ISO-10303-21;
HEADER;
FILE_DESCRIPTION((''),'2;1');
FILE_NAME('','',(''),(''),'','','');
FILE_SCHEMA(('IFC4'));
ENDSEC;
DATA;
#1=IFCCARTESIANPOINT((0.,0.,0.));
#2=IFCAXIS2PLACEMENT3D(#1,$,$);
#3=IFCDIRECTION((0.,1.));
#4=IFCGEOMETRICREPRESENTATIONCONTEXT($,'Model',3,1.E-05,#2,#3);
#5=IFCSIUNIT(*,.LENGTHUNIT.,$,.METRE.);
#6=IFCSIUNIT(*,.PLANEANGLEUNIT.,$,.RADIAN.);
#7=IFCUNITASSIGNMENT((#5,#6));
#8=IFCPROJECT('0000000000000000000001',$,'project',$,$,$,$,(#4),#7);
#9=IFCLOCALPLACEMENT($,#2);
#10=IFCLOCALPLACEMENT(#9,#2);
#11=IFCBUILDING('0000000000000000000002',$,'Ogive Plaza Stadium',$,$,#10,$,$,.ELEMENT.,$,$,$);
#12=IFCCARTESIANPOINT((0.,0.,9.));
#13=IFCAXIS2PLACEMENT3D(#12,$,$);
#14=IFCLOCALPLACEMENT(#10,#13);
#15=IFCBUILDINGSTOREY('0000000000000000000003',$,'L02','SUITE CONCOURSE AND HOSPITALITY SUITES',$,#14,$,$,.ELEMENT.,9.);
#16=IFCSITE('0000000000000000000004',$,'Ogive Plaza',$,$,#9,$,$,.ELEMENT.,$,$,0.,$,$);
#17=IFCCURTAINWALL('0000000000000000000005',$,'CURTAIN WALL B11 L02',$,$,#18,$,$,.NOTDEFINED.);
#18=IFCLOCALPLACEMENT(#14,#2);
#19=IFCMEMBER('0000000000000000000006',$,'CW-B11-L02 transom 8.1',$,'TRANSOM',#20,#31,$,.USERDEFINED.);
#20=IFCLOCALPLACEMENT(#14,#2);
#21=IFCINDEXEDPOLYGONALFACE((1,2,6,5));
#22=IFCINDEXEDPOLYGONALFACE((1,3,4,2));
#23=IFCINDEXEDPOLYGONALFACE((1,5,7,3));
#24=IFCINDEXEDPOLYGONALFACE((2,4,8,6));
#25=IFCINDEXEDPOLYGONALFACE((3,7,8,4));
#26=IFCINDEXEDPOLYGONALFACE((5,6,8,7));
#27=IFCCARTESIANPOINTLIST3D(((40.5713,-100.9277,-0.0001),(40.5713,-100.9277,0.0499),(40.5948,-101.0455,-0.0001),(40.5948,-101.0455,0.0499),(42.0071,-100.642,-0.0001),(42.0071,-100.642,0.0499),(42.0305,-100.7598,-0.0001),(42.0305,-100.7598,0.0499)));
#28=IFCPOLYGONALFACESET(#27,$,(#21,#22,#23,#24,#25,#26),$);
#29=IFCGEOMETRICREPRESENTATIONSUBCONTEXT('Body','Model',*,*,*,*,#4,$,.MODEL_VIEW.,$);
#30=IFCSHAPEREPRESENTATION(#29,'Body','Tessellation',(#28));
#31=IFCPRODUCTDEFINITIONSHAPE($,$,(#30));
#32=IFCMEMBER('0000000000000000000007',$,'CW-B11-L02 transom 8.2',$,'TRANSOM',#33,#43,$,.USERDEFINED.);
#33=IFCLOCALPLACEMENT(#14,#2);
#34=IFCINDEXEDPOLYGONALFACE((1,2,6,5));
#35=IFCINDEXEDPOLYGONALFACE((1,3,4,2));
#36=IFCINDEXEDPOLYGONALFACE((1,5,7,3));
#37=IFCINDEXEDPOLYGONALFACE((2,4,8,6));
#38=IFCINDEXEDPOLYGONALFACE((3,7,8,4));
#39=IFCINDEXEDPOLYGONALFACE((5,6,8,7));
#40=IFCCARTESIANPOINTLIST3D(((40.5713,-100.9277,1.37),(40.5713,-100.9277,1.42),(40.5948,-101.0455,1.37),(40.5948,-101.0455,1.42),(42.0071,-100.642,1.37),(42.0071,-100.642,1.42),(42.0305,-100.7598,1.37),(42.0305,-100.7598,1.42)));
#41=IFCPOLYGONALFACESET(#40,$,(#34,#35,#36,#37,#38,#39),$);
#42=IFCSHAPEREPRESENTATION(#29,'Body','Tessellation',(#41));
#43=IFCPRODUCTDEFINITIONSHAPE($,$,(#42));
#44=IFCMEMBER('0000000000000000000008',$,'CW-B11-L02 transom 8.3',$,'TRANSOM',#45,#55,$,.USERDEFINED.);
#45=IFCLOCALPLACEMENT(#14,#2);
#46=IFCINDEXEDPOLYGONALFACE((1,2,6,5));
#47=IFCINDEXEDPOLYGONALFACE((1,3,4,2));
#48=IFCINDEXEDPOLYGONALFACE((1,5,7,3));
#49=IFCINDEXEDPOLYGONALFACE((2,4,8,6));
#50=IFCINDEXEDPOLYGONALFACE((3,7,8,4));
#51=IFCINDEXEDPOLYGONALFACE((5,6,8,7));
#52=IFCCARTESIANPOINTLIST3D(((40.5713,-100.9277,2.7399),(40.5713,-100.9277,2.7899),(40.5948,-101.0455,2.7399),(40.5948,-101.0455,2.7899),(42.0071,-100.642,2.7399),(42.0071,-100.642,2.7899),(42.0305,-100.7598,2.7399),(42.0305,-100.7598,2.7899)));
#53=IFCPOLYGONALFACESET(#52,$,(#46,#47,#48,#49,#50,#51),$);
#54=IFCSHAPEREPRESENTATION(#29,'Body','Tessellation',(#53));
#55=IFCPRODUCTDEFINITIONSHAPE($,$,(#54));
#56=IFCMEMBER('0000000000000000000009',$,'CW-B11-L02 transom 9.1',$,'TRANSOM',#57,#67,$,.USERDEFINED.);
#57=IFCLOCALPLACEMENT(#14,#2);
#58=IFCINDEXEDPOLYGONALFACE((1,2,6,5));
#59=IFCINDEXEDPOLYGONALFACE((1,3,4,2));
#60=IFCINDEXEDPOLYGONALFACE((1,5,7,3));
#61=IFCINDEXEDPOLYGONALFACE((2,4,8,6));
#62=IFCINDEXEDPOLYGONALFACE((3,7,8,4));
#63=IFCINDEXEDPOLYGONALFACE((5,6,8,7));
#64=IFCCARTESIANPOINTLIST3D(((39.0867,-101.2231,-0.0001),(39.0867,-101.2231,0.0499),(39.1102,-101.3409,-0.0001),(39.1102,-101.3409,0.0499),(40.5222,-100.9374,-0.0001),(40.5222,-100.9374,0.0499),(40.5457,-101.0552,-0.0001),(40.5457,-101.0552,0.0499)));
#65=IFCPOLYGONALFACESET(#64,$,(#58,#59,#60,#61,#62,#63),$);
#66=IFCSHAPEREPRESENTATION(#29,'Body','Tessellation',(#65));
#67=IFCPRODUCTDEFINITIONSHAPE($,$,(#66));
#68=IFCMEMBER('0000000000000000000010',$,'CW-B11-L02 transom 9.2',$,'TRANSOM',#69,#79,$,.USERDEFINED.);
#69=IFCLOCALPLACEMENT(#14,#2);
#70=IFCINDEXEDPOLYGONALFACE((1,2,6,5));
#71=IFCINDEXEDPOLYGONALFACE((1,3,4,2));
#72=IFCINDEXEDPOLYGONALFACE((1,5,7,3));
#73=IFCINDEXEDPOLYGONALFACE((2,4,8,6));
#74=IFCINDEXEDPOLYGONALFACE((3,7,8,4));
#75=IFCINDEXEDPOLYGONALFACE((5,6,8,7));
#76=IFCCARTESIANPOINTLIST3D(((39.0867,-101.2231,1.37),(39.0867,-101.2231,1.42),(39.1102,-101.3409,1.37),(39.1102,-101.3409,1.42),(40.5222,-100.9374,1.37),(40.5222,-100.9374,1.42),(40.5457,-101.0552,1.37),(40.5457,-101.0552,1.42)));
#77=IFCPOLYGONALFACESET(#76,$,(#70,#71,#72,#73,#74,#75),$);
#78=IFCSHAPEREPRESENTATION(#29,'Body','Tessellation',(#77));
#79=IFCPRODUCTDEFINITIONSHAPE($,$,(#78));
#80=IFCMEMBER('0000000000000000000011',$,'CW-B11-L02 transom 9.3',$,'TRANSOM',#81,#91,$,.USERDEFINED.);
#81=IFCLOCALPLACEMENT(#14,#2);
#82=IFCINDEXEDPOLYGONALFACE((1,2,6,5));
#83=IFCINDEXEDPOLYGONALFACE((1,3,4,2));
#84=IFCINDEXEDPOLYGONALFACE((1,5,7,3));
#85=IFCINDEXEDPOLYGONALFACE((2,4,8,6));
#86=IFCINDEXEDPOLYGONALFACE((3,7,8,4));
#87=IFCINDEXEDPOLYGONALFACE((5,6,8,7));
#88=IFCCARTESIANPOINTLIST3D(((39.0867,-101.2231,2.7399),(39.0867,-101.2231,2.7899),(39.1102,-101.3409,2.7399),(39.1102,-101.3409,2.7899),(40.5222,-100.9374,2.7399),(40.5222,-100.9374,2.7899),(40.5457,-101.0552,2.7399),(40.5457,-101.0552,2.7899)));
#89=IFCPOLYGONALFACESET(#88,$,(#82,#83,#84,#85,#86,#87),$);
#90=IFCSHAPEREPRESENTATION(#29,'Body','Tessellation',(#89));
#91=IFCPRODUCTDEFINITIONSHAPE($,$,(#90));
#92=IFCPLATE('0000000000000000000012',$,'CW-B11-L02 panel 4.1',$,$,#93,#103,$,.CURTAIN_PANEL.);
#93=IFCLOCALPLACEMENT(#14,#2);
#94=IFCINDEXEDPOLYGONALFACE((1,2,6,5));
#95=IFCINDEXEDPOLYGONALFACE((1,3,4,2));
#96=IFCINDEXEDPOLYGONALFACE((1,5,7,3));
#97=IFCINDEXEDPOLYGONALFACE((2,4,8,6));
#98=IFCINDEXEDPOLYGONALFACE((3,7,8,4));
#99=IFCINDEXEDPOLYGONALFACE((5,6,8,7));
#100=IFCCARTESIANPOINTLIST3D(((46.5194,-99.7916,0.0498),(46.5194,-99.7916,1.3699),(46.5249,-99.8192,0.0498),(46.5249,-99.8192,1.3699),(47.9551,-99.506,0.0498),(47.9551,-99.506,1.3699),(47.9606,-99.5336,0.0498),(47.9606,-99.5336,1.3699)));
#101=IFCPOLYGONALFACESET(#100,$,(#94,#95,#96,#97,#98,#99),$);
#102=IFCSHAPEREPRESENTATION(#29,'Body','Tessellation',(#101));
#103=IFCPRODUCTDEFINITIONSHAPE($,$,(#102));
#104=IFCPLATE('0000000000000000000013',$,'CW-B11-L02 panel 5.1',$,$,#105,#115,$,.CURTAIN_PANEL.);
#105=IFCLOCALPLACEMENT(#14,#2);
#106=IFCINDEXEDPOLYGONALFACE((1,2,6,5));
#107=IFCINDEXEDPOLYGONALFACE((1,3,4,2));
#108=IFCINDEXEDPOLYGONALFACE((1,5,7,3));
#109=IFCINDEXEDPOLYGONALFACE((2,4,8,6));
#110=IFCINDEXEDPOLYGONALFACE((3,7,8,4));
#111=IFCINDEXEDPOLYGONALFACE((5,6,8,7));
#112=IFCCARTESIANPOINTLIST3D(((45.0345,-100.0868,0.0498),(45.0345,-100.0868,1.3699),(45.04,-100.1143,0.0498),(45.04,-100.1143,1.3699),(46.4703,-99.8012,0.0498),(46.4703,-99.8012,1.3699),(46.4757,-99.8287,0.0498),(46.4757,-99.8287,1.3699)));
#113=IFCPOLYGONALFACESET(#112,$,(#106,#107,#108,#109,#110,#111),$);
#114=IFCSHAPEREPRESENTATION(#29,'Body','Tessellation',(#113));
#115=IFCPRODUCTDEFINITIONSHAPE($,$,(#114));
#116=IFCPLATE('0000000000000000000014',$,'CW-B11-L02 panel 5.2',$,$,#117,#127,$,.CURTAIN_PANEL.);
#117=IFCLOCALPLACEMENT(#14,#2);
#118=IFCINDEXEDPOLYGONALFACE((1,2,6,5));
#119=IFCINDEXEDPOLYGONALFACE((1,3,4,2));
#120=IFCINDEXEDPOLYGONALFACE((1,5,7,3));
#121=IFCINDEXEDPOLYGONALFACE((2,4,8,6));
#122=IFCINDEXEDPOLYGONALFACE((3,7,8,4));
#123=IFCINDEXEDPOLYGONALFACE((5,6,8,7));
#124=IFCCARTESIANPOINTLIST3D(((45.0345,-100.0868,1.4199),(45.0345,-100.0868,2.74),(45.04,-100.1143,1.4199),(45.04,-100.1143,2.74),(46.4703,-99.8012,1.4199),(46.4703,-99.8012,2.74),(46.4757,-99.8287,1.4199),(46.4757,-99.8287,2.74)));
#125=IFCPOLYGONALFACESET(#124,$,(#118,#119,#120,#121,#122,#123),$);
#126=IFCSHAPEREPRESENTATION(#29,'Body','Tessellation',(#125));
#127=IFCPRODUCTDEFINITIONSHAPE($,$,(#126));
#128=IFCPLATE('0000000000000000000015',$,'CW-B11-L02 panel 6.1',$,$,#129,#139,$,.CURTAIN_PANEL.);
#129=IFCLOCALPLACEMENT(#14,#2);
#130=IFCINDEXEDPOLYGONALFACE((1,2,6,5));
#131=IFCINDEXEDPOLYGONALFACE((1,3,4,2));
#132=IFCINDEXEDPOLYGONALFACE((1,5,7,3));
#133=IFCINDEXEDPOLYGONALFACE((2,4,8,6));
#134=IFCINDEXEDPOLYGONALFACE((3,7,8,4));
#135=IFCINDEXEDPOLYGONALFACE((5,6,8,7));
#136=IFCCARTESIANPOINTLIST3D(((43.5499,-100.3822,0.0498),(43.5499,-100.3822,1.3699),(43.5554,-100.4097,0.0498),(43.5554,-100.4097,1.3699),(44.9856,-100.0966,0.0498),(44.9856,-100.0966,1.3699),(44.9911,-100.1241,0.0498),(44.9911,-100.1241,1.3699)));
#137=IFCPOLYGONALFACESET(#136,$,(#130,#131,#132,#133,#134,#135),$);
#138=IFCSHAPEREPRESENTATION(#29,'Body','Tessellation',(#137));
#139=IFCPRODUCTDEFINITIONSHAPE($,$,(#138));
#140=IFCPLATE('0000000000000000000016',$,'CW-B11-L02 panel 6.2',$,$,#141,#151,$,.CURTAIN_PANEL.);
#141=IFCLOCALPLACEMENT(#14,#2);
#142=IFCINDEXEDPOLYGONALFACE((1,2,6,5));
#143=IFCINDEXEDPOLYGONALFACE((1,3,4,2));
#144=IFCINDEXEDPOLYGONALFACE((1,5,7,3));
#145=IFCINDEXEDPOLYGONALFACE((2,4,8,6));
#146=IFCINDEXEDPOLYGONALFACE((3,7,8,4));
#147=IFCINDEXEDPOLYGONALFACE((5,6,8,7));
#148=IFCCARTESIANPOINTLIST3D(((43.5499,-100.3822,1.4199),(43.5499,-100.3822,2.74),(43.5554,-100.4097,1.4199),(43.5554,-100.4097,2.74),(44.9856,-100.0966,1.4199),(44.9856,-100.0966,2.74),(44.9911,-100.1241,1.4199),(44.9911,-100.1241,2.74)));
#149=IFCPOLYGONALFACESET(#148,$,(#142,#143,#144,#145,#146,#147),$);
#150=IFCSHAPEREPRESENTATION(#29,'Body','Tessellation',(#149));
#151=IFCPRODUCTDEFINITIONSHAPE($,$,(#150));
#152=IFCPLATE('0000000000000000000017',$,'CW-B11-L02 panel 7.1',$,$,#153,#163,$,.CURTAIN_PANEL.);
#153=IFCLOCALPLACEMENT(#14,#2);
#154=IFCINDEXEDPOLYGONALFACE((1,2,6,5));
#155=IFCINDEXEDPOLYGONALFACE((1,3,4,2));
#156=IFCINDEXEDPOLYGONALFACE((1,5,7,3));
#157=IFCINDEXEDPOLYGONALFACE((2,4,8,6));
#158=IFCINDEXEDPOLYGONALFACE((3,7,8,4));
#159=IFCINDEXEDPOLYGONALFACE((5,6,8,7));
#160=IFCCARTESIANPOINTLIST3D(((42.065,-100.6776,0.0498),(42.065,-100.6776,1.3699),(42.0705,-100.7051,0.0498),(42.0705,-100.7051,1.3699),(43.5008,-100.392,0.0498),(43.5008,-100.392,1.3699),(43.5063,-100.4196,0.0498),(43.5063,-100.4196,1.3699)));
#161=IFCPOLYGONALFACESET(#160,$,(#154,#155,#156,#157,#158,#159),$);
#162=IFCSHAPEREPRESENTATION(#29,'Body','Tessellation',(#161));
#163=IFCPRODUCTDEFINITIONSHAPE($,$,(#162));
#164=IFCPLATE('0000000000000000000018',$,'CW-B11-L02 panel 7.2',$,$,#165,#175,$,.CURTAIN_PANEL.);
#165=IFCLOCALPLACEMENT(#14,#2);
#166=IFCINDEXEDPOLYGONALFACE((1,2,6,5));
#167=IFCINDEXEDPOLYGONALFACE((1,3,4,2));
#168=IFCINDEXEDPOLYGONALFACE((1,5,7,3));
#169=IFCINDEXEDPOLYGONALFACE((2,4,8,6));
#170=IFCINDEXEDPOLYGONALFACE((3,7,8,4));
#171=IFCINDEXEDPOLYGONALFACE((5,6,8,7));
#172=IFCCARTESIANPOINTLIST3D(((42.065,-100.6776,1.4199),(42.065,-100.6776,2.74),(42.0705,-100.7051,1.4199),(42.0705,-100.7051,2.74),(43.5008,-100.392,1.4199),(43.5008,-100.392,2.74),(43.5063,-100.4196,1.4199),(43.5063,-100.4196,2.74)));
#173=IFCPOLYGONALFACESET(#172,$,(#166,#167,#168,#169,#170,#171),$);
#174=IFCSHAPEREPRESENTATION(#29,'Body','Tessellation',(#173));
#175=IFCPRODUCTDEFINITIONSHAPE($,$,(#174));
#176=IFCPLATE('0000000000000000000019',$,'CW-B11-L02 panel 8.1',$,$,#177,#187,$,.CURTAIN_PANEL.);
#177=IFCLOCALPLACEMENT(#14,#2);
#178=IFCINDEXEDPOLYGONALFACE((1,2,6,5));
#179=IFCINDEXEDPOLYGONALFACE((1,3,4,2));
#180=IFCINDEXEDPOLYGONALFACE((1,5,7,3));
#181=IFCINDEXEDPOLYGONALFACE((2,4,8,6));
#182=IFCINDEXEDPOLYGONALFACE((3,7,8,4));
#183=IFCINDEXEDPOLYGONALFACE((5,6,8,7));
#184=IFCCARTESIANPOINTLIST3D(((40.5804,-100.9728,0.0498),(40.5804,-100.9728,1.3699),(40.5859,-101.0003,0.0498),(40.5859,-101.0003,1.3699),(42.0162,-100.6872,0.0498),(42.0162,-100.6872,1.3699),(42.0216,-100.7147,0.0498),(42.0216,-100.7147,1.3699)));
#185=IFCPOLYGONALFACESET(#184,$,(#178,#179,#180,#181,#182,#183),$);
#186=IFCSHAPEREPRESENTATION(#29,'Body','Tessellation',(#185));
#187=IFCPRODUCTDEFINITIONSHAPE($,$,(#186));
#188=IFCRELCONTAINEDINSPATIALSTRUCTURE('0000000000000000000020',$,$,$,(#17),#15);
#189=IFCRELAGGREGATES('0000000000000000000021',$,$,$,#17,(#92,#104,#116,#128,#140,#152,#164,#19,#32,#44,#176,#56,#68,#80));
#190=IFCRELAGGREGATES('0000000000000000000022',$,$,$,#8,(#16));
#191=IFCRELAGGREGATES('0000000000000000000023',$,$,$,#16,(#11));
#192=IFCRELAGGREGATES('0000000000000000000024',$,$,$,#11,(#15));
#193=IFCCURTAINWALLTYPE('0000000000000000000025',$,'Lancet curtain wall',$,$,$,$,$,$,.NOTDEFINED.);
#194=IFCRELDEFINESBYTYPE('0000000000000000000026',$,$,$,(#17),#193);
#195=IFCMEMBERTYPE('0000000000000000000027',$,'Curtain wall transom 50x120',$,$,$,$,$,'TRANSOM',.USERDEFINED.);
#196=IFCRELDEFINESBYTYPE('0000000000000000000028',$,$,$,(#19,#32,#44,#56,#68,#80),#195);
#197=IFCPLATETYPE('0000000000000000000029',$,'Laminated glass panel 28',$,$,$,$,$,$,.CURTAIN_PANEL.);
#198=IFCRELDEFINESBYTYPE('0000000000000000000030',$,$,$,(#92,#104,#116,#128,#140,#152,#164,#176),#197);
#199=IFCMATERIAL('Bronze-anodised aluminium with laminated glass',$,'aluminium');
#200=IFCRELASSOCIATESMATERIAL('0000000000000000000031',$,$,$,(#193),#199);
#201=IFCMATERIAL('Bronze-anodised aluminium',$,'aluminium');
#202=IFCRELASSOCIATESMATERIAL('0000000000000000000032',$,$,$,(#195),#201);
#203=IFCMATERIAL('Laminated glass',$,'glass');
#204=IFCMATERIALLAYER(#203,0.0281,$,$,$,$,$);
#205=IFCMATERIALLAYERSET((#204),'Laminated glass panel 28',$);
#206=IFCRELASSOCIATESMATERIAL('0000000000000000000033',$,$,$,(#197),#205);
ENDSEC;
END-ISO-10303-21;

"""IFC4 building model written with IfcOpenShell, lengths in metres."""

from ifc_helpers import new_model, si_unit, direction, frame, origin, origin_2d, place, context, subcontext, project, spatial, rectangle, extrude, material, layer, layer_set, material_profile, profile_set, type_object, element, aggregate, save


model = new_model("IFC4")

# Units and contexts
model_context = context("Model", 3, precision=1e-05, world=origin(), true_north=direction((0.0, 1.0)))
body_context = subcontext(model_context, "Body", "Model", "MODEL_VIEW")
ifc_project = project(units=[si_unit("LENGTHUNIT", "METRE"), si_unit("PLANEANGLEUNIT", "RADIAN")], contexts=[model_context])

# Site, building, storey
site_placement = place(None, origin())
site = spatial("IfcSite", under=ifc_project, at=site_placement, Name="Ogive Plaza", CompositionType="ELEMENT", RefElevation=0.0)
building_placement = place(site_placement, origin())
building = spatial("IfcBuilding", under=site, at=building_placement, Name="Ogive Plaza Stadium", CompositionType="ELEMENT")
storey_placement = place(building_placement, frame((0.0, 0.0, 9.0)))
storey = spatial("IfcBuildingStorey", under=building, at=storey_placement, Name="L02", Description="SUITE CONCOURSE AND HOSPITALITY SUITES", CompositionType="ELEMENT", Elevation=9.0)

# Curtain wall, members, plates
ifc_material_1 = material(Name="Bronze-anodised aluminium with laminated glass", Category="aluminium")
curtain_wall_type = type_object("IfcCurtainWallType", Name="Lancet curtain wall", PredefinedType="NOTDEFINED", material=ifc_material_1)
curtain_wall_placement = place(storey_placement, origin())
curtain_wall = element("IfcCurtainWall", 1, at=curtain_wall_placement, inside=storey, type_object=curtain_wall_type, Name="CURTAIN WALL B11 L02", PredefinedType="NOTDEFINED")
ifc_material_2 = material(Name="Bronze-anodised aluminium", Category="aluminium")
ifc_material_profile_1 = material_profile(ifc_material_2, rectangle(XDim=0.1201, YDim=0.05, at=origin_2d()), Name="AL 120x50")
ifc_profile_set_1 = profile_set([ifc_material_profile_1], Name="Bronze-anodised aluminium")
member_type_1 = type_object("IfcMemberType", Name="Curtain wall transom 50x120", ElementType="TRANSOM", PredefinedType="USERDEFINED", material=ifc_profile_set_1)
member_1_placement = place(storey_placement, frame((42.0188, -100.7009, 0.0249), z_axis=(-0.980779, -0.195122, 0.0), x_axis=(0.195122, -0.980779, 0.0)))
member_1 = element("IfcMember", 2, at=member_1_placement, type_object=member_type_1, Name="CW-B11-L02 transom 8.1", ObjectType="TRANSOM", PredefinedType="USERDEFINED", context=body_context, shape_type="SweptSolid", body=[
    extrude(rectangle(XDim=0.1201, YDim=0.05, at=origin_2d()), origin(), (0.0, 0.0, 1.0), 1.4639),
])
member_2_placement = place(storey_placement, frame((42.0188, -100.7009, 1.395), z_axis=(-0.980779, -0.195122, 0.0), x_axis=(0.195122, -0.980779, 0.0)))
member_2 = element("IfcMember", 3, at=member_2_placement, type_object=member_type_1, Name="CW-B11-L02 transom 8.2", ObjectType="TRANSOM", PredefinedType="USERDEFINED", context=body_context, shape_type="SweptSolid", body=[
    extrude(rectangle(XDim=0.1201, YDim=0.05, at=origin_2d()), origin(), (0.0, 0.0, 1.0), 1.4639),
])
member_3_placement = place(storey_placement, frame((42.0188, -100.7009, 2.7649), z_axis=(-0.980779, -0.195122, 0.0), x_axis=(0.195122, -0.980779, 0.0)))
member_3 = element("IfcMember", 4, at=member_3_placement, type_object=member_type_1, Name="CW-B11-L02 transom 8.3", ObjectType="TRANSOM", PredefinedType="USERDEFINED", context=body_context, shape_type="SweptSolid", body=[
    extrude(rectangle(XDim=0.1201, YDim=0.05, at=origin_2d()), origin(), (0.0, 0.0, 1.0), 1.4639),
])
member_4_placement = place(storey_placement, frame((40.5339, -100.9963, 0.0249), z_axis=(-0.980773, -0.195154, 0.0), x_axis=(0.195154, -0.980773, 0.0)))
member_4 = element("IfcMember", 5, at=member_4_placement, type_object=member_type_1, Name="CW-B11-L02 transom 9.1", ObjectType="TRANSOM", PredefinedType="USERDEFINED", context=body_context, shape_type="SweptSolid", body=[
    extrude(rectangle(XDim=0.1201, YDim=0.05, at=origin_2d()), origin(), (0.0, 0.0, 1.0), 1.4636),
])
member_5_placement = place(storey_placement, frame((40.5339, -100.9963, 1.395), z_axis=(-0.980773, -0.195154, 0.0), x_axis=(0.195154, -0.980773, 0.0)))
member_5 = element("IfcMember", 6, at=member_5_placement, type_object=member_type_1, Name="CW-B11-L02 transom 9.2", ObjectType="TRANSOM", PredefinedType="USERDEFINED", context=body_context, shape_type="SweptSolid", body=[
    extrude(rectangle(XDim=0.1201, YDim=0.05, at=origin_2d()), origin(), (0.0, 0.0, 1.0), 1.4636),
])
member_6_placement = place(storey_placement, frame((40.5339, -100.9963, 2.7649), z_axis=(-0.980773, -0.195154, 0.0), x_axis=(0.195154, -0.980773, 0.0)))
member_6 = element("IfcMember", 7, at=member_6_placement, type_object=member_type_1, Name="CW-B11-L02 transom 9.3", ObjectType="TRANSOM", PredefinedType="USERDEFINED", context=body_context, shape_type="SweptSolid", body=[
    extrude(rectangle(XDim=0.1201, YDim=0.05, at=origin_2d()), origin(), (0.0, 0.0, 1.0), 1.4636),
])
ifc_material_3 = material(Name="Laminated glass", Category="glass")
ifc_layer_1 = layer(ifc_material_3, 0.0281)
ifc_layer_set_1 = layer_set([ifc_layer_1], Name="Laminated glass panel 28")
plate_type = type_object("IfcPlateType", Name="Laminated glass panel 28", PredefinedType="CURTAIN_PANEL", material=ifc_layer_set_1)
plate_1_placement = place(storey_placement, frame((47.24, -99.6626, 0.0498), z_axis=(0.0, 0.0, 1.0), x_axis=(-0.980785, -0.19509, 0.0)))
plate_1 = element("IfcPlate", 8, at=plate_1_placement, type_object=plate_type, Name="CW-B11-L02 panel 4.1", PredefinedType="CURTAIN_PANEL", context=body_context, shape_type="SweptSolid", body=[
    extrude(rectangle(XDim=1.4639, YDim=0.0281, at=origin_2d()), origin(), (0.0, 0.0, 1.0), 1.3201),
])
plate_2_placement = place(storey_placement, frame((45.7551, -99.9578, 0.0498), z_axis=(0.0, 0.0, 1.0), x_axis=(-0.980785, -0.19509, 0.0)))
plate_2 = element("IfcPlate", 9, at=plate_2_placement, type_object=plate_type, Name="CW-B11-L02 panel 5.1", PredefinedType="CURTAIN_PANEL", context=body_context, shape_type="SweptSolid", body=[
    extrude(rectangle(XDim=1.4639, YDim=0.0281, at=origin_2d()), origin(), (0.0, 0.0, 1.0), 1.3201),
])
plate_3_placement = place(storey_placement, frame((45.7551, -99.9578, 1.4199), z_axis=(0.0, 0.0, 1.0), x_axis=(-0.980785, -0.19509, 0.0)))
plate_3 = element("IfcPlate", 10, at=plate_3_placement, type_object=plate_type, Name="CW-B11-L02 panel 5.2", PredefinedType="CURTAIN_PANEL", context=body_context, shape_type="SweptSolid", body=[
    extrude(rectangle(XDim=1.4639, YDim=0.0281, at=origin_2d()), origin(), (0.0, 0.0, 1.0), 1.3201),
])
plate_4_placement = place(storey_placement, frame((44.2705, -100.2532, 0.0498), z_axis=(0.0, 0.0, 1.0), x_axis=(-0.980785, -0.19509, 0.0)))
plate_4 = element("IfcPlate", 11, at=plate_4_placement, type_object=plate_type, Name="CW-B11-L02 panel 6.1", PredefinedType="CURTAIN_PANEL", context=body_context, shape_type="SweptSolid", body=[
    extrude(rectangle(XDim=1.4639, YDim=0.0281, at=origin_2d()), origin(), (0.0, 0.0, 1.0), 1.3201),
])
plate_5_placement = place(storey_placement, frame((44.2705, -100.2532, 1.4199), z_axis=(0.0, 0.0, 1.0), x_axis=(-0.980785, -0.19509, 0.0)))
plate_5 = element("IfcPlate", 12, at=plate_5_placement, type_object=plate_type, Name="CW-B11-L02 panel 6.2", PredefinedType="CURTAIN_PANEL", context=body_context, shape_type="SweptSolid", body=[
    extrude(rectangle(XDim=1.4639, YDim=0.0281, at=origin_2d()), origin(), (0.0, 0.0, 1.0), 1.3201),
])
plate_6_placement = place(storey_placement, frame((42.7856, -100.5486, 0.0498), z_axis=(0.0, 0.0, 1.0), x_axis=(-0.980785, -0.19509, 0.0)))
plate_6 = element("IfcPlate", 13, at=plate_6_placement, type_object=plate_type, Name="CW-B11-L02 panel 7.1", PredefinedType="CURTAIN_PANEL", context=body_context, shape_type="SweptSolid", body=[
    extrude(rectangle(XDim=1.4639, YDim=0.0281, at=origin_2d()), origin(), (0.0, 0.0, 1.0), 1.3201),
])
plate_7_placement = place(storey_placement, frame((42.7856, -100.5486, 1.4199), z_axis=(0.0, 0.0, 1.0), x_axis=(-0.980785, -0.19509, 0.0)))
plate_7 = element("IfcPlate", 14, at=plate_7_placement, type_object=plate_type, Name="CW-B11-L02 panel 7.2", PredefinedType="CURTAIN_PANEL", context=body_context, shape_type="SweptSolid", body=[
    extrude(rectangle(XDim=1.4639, YDim=0.0281, at=origin_2d()), origin(), (0.0, 0.0, 1.0), 1.3201),
])
plate_8_placement = place(storey_placement, frame((41.301, -100.8438, 0.0498), z_axis=(0.0, 0.0, 1.0), x_axis=(-0.980785, -0.19509, 0.0)))
plate_8 = element("IfcPlate", 15, at=plate_8_placement, type_object=plate_type, Name="CW-B11-L02 panel 8.1", PredefinedType="CURTAIN_PANEL", context=body_context, shape_type="SweptSolid", body=[
    extrude(rectangle(XDim=1.4639, YDim=0.0281, at=origin_2d()), origin(), (0.0, 0.0, 1.0), 1.3201),
])
aggregate(curtain_wall, [plate_1, plate_2, plate_3, plate_4, plate_5, plate_6, plate_7, member_1, member_2, member_3, plate_8, member_4, member_5, member_6])

save(model, "model.ifc")
